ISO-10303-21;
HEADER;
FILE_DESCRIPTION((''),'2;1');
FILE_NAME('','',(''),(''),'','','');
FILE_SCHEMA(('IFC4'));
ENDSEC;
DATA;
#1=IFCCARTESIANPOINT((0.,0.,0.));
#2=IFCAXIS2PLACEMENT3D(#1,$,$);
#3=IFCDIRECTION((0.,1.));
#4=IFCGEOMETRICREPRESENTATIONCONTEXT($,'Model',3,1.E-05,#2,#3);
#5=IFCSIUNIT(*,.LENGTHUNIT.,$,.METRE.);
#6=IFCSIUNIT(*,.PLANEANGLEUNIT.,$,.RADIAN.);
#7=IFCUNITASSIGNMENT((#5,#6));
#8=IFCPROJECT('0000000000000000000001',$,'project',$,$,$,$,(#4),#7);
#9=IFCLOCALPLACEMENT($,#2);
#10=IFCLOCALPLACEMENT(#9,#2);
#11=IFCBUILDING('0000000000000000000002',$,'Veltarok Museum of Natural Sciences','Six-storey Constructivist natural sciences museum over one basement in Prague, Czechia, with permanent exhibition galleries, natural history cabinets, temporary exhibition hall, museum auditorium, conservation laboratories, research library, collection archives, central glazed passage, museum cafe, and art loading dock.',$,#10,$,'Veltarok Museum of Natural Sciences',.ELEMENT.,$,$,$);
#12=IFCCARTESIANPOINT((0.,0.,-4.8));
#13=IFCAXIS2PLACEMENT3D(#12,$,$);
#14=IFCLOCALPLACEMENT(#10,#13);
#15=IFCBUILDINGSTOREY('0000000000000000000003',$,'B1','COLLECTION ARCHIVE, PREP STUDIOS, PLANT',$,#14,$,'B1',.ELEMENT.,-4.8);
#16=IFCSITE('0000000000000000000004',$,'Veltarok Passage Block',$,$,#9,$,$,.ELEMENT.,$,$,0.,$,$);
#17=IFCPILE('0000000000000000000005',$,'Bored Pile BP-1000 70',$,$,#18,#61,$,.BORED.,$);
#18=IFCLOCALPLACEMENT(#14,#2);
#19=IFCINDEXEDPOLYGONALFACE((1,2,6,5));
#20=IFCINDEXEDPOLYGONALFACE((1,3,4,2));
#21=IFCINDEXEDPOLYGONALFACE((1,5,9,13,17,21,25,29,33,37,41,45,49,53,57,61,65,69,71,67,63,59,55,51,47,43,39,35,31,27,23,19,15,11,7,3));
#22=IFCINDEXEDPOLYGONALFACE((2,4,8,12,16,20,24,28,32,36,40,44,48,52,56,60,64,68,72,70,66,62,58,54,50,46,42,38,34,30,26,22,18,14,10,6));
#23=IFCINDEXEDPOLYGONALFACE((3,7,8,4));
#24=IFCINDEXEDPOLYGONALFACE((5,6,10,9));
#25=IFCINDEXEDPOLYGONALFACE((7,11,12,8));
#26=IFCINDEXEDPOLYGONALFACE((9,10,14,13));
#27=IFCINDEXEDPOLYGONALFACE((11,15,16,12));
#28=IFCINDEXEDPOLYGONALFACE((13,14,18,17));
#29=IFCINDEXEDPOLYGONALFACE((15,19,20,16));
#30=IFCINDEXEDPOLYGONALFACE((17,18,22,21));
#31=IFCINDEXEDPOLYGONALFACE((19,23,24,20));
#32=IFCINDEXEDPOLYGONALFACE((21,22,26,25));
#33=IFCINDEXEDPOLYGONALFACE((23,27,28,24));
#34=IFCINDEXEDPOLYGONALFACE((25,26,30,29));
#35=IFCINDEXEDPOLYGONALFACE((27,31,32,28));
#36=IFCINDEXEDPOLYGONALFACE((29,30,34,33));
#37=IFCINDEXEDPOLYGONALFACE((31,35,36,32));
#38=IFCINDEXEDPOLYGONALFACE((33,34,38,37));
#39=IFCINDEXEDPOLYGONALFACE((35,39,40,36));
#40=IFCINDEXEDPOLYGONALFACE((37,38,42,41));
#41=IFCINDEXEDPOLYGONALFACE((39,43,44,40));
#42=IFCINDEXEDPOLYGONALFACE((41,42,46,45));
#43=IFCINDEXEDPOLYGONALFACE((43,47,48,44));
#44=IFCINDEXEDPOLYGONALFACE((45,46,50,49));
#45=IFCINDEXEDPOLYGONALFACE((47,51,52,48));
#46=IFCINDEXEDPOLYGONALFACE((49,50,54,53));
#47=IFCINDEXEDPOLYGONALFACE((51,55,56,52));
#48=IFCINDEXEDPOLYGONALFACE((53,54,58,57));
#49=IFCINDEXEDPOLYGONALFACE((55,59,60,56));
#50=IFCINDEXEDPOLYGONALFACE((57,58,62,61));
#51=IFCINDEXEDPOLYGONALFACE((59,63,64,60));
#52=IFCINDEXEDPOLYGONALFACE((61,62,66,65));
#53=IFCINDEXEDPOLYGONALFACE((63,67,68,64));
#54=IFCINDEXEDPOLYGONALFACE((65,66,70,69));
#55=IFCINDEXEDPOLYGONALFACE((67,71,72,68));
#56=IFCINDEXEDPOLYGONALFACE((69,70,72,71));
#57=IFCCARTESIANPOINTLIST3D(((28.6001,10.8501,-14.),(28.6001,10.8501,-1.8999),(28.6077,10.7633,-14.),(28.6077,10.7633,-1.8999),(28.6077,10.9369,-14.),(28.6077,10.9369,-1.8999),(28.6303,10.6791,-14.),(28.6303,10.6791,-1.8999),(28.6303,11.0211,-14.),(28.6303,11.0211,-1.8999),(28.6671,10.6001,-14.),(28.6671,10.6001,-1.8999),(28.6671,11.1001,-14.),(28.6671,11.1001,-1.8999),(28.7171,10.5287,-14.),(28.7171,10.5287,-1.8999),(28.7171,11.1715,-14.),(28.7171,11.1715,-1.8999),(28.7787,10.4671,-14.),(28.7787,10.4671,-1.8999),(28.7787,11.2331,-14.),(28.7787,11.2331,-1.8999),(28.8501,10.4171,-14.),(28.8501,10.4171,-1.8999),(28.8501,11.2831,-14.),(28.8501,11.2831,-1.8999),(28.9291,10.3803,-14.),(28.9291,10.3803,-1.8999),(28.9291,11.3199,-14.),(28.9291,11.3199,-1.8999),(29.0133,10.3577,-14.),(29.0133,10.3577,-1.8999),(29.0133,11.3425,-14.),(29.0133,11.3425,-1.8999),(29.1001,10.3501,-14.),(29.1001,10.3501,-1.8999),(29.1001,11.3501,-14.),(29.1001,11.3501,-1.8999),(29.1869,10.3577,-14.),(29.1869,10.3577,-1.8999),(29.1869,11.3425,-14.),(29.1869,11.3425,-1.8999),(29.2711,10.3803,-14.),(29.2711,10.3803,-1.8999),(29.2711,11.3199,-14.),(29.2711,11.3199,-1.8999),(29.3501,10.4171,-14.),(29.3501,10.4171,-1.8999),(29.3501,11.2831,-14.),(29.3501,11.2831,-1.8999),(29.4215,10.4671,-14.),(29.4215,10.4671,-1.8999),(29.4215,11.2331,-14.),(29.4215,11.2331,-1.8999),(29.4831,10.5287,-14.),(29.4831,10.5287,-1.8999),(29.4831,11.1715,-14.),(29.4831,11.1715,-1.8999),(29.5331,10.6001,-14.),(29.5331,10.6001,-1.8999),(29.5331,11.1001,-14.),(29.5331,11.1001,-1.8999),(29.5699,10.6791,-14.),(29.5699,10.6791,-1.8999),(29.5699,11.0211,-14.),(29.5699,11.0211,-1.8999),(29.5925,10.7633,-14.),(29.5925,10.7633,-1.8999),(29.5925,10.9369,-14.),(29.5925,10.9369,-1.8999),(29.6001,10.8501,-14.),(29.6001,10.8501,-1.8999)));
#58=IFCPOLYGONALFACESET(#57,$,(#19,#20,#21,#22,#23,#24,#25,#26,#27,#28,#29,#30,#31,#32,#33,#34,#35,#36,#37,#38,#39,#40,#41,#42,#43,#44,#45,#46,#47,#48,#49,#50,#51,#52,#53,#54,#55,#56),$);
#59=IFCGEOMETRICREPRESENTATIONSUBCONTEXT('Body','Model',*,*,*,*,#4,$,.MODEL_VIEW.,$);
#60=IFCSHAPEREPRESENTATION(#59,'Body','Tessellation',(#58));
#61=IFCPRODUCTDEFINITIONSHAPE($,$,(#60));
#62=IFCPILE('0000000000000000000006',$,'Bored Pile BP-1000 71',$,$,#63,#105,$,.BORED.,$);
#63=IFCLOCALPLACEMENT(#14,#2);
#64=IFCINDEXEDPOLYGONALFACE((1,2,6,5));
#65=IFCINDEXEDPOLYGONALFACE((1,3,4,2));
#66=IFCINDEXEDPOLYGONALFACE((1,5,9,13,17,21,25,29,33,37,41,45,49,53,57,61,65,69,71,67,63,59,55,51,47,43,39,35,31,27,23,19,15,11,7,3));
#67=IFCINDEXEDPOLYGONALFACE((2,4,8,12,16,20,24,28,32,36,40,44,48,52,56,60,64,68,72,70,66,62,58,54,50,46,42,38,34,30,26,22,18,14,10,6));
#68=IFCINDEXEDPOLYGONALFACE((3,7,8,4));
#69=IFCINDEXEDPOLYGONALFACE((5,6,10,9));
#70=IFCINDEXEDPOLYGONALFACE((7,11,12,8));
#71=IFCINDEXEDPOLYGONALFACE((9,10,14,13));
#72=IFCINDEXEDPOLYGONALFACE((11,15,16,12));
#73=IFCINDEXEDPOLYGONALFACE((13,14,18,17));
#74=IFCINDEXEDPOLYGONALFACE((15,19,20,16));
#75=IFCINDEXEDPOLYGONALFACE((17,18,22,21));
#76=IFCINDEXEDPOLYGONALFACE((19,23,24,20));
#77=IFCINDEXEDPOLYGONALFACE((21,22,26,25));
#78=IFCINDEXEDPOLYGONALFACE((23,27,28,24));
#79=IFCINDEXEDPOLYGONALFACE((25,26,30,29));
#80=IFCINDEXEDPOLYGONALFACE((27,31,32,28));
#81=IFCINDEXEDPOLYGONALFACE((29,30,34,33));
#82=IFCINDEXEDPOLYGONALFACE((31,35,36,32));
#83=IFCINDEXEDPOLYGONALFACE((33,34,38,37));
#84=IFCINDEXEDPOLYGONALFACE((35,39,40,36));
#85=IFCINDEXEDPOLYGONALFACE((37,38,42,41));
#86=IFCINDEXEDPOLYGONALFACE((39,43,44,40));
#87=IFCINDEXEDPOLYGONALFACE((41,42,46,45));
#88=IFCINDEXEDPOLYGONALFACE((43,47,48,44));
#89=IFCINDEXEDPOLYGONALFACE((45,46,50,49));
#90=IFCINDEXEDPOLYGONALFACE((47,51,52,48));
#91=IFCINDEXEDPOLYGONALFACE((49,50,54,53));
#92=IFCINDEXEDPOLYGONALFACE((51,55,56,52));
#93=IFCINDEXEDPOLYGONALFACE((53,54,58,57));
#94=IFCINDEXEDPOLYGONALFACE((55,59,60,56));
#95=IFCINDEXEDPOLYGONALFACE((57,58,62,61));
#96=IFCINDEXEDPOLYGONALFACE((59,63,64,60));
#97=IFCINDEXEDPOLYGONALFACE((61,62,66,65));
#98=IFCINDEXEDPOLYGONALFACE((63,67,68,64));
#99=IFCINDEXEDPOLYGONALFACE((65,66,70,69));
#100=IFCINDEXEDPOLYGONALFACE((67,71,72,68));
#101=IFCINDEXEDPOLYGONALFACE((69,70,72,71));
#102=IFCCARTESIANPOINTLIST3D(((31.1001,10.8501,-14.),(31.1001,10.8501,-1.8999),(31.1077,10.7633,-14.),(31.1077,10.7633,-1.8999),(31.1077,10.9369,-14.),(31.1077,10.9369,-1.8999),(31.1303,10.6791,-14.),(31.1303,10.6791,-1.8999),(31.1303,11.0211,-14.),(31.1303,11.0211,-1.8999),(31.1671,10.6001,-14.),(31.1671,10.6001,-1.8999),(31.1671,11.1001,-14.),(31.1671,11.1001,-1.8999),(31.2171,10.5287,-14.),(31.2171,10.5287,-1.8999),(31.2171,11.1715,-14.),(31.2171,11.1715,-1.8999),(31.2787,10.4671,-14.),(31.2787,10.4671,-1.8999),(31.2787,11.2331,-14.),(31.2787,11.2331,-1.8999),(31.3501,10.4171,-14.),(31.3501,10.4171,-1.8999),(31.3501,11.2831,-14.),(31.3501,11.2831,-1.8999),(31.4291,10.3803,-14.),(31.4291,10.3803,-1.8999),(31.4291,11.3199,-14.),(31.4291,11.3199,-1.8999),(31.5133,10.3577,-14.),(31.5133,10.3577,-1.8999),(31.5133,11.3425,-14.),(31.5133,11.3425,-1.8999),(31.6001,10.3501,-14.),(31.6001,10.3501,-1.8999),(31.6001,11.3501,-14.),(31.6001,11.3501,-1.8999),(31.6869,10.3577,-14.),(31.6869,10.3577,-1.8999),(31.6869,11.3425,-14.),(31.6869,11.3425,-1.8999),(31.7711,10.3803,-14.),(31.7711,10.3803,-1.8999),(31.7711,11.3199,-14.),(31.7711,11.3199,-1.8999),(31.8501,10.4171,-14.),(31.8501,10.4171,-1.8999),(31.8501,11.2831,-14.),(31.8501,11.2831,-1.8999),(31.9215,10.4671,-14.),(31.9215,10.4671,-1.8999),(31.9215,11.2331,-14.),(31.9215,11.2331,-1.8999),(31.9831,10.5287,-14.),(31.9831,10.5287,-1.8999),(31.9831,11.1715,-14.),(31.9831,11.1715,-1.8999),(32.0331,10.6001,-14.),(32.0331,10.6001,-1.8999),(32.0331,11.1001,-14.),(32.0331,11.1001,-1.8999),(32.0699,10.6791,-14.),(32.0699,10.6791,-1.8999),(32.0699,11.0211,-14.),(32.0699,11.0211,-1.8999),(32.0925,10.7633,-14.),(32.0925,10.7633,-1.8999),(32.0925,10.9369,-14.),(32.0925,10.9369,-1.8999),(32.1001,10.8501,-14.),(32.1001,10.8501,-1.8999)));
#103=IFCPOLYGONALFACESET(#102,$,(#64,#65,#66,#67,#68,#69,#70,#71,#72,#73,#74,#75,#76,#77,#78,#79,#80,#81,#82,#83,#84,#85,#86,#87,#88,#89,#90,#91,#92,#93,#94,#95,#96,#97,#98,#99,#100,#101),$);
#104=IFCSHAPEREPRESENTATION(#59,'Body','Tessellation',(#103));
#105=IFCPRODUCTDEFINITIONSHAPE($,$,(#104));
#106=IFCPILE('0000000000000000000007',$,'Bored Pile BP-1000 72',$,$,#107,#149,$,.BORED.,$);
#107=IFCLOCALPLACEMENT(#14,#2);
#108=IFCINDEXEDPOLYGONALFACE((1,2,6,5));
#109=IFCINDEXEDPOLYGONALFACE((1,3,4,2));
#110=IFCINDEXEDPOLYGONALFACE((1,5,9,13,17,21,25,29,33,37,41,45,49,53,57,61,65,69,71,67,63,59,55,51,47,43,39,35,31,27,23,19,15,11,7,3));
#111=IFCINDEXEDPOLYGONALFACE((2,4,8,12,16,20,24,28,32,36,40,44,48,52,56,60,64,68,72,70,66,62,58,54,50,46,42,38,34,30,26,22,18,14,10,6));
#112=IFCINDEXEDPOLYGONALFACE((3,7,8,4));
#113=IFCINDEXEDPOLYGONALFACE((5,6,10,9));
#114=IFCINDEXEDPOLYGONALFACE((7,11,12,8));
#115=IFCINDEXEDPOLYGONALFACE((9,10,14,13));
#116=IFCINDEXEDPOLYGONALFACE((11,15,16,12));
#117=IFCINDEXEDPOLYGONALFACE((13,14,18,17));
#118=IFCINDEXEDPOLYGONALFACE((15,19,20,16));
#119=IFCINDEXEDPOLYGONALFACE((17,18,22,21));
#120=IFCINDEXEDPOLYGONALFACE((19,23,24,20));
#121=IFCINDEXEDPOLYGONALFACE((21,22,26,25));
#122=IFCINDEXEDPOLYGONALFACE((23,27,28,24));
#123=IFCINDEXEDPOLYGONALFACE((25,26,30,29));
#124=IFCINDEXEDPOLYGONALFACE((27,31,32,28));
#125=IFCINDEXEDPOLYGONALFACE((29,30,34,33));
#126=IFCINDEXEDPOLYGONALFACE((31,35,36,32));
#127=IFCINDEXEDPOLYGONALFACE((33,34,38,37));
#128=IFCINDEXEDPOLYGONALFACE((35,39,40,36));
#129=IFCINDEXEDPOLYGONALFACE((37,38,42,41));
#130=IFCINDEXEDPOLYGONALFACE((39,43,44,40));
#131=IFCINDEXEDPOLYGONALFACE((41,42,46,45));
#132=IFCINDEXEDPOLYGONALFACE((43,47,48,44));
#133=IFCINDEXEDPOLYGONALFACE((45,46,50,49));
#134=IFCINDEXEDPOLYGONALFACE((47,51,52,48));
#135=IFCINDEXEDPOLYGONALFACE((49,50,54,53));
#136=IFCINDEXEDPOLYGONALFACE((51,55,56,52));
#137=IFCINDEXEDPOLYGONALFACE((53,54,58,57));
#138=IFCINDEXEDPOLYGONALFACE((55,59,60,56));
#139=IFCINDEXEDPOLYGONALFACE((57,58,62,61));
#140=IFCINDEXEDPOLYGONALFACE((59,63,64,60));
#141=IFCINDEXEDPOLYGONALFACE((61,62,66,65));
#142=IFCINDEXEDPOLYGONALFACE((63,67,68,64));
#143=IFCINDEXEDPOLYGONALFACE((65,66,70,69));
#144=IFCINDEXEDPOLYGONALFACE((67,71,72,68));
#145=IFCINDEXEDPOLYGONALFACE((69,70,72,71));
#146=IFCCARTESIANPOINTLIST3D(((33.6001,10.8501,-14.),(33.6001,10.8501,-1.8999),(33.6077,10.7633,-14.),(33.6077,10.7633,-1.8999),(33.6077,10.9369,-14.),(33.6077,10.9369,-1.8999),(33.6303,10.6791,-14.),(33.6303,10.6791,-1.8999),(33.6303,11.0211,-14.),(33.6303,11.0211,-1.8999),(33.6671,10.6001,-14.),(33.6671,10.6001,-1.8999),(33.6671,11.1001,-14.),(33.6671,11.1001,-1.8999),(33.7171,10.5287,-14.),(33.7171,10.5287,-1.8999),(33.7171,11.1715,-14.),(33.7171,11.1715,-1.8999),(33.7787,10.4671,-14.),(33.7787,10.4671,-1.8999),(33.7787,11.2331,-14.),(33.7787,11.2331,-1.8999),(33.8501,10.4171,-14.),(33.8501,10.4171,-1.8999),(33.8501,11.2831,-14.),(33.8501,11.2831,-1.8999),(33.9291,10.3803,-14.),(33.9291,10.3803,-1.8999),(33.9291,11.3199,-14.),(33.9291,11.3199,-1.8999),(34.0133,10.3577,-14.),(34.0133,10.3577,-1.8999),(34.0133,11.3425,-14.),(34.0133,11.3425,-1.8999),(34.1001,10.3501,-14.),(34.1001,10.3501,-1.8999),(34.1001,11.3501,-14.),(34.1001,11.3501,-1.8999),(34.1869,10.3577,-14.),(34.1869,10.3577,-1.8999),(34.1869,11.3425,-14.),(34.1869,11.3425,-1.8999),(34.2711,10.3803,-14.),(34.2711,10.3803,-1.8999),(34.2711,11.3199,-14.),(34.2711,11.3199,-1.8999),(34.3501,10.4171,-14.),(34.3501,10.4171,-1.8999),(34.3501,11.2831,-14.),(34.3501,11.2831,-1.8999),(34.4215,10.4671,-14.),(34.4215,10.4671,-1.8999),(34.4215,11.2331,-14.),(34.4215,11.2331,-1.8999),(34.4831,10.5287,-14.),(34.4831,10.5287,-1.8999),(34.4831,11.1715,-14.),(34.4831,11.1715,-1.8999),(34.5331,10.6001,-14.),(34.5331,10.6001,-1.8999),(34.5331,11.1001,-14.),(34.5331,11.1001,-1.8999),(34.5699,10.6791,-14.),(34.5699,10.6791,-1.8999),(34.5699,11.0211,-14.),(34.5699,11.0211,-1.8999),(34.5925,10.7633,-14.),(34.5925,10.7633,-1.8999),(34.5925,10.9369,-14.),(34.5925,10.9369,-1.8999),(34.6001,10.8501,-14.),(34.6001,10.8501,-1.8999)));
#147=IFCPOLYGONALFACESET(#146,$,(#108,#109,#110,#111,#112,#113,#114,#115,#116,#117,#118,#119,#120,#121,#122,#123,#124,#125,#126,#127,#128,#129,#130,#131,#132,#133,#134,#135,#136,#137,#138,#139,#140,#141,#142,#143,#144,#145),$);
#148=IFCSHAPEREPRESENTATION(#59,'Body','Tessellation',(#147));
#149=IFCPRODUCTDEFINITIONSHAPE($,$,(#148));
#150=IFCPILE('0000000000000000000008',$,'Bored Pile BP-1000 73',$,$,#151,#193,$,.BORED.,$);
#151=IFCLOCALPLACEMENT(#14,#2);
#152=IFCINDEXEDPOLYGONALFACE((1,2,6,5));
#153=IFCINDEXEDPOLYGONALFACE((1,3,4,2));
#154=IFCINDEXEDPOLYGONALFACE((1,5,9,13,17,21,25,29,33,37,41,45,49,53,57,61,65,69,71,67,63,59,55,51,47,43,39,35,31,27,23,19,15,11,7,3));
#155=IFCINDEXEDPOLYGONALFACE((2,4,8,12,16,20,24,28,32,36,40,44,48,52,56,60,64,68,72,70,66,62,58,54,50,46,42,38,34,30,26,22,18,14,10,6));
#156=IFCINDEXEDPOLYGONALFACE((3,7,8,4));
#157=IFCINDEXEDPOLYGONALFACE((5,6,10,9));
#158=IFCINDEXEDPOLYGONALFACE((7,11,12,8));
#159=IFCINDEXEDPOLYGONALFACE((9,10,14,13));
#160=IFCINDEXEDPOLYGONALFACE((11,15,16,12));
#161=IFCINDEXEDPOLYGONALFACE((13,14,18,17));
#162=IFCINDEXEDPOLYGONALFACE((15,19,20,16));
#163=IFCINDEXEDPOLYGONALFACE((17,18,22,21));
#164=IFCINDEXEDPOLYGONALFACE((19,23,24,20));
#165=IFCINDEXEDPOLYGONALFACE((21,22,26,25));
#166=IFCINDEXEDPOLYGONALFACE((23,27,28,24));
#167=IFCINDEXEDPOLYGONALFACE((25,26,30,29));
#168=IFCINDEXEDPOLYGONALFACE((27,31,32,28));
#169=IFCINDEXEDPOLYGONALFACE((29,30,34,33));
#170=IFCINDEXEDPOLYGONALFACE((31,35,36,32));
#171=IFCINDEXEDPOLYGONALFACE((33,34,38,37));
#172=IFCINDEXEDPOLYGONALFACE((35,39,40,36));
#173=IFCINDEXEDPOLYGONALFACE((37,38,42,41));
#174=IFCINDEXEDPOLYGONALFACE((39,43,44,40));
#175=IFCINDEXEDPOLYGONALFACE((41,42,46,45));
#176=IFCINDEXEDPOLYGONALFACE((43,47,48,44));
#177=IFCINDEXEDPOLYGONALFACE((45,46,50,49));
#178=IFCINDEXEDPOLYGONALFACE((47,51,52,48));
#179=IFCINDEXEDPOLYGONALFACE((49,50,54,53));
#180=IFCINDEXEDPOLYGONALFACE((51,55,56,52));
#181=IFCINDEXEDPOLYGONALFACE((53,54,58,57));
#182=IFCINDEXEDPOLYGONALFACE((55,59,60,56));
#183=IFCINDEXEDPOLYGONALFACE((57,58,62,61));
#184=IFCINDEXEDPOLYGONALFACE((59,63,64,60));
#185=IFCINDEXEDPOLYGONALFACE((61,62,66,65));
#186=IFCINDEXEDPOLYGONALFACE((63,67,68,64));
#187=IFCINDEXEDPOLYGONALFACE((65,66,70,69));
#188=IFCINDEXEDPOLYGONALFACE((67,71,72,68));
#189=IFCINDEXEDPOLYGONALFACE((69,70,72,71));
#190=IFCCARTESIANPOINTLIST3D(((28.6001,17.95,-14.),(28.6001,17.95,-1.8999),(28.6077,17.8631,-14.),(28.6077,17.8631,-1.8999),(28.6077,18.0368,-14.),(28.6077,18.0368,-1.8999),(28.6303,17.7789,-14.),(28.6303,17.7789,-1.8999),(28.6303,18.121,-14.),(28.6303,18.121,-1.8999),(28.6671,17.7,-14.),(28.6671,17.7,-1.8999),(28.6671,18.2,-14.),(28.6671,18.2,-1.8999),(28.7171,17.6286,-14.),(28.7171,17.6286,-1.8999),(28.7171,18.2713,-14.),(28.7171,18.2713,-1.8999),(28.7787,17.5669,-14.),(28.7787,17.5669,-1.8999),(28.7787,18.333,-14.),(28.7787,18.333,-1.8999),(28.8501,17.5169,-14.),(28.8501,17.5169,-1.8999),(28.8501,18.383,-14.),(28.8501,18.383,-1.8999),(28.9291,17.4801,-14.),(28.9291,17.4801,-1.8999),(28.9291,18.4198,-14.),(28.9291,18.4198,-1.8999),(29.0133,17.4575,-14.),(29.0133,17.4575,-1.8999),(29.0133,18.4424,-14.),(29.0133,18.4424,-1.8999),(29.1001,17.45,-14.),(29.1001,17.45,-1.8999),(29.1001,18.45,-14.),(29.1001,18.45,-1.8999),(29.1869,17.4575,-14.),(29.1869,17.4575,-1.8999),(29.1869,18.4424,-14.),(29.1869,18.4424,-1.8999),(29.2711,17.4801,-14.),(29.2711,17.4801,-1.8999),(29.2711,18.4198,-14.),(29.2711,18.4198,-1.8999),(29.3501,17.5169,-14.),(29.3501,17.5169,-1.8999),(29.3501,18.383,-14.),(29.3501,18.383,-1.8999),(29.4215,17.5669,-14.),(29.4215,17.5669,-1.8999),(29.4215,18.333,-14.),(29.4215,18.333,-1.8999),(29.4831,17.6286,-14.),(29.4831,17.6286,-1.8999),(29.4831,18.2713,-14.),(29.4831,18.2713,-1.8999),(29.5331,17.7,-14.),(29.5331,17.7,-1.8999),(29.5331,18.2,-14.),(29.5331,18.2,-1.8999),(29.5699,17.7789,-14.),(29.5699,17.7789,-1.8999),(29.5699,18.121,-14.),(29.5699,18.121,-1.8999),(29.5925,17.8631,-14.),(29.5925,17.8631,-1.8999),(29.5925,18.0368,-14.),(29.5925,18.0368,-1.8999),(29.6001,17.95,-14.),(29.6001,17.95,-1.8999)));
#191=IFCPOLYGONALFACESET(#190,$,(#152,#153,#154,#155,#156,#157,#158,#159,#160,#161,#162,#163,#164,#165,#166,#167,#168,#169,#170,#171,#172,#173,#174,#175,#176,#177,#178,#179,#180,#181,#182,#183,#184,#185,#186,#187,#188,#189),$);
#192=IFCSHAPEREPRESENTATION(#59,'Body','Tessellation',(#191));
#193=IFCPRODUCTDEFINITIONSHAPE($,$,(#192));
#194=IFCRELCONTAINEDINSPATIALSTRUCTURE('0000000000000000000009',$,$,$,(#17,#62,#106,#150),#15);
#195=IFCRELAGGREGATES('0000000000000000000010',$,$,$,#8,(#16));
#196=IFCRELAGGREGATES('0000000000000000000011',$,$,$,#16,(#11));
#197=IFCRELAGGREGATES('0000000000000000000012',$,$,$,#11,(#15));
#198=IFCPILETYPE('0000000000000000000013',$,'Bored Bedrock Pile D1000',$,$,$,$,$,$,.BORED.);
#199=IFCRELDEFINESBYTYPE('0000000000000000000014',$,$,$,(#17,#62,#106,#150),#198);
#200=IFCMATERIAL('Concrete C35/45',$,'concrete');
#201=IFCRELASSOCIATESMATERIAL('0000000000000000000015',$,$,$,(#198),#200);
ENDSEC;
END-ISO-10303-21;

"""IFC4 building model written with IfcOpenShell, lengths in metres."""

from ifc_helpers import new_model, si_unit, direction, frame, origin, origin_2d, place, context, subcontext, project, spatial, circle, extrude, material, material_profile, profile_set, type_object, element, save


model = new_model("IFC4")

# Units and contexts
model_context = context("Model", 3, precision=1e-05, world=origin(), true_north=direction((0.0, 1.0)))
body_context = subcontext(model_context, "Body", "Model", "MODEL_VIEW")
ifc_project = project(units=[si_unit("LENGTHUNIT", "METRE"), si_unit("PLANEANGLEUNIT", "RADIAN")], contexts=[model_context])

# Site, building, storey
site_placement = place(None, origin())
site = spatial("IfcSite", under=ifc_project, at=site_placement, Name="Veltarok Passage Block", CompositionType="ELEMENT", RefElevation=0.0)
building_placement = place(site_placement, origin())
building = spatial("IfcBuilding", under=site, at=building_placement, Name="Veltarok Museum of Natural Sciences", Description="Six-storey Constructivist natural sciences museum over one basement in Prague, Czechia, with permanent exhibition galleries, natural history cabinets, temporary exhibition hall, museum auditorium, conservation laboratories, research library, collection archives, central glazed passage, museum cafe, and art loading dock.", LongName="Veltarok Museum of Natural Sciences", CompositionType="ELEMENT")
storey_placement = place(building_placement, frame((0.0, 0.0, -4.8)))
storey = spatial("IfcBuildingStorey", under=building, at=storey_placement, Name="B1", Description="COLLECTION ARCHIVE, PREP STUDIOS, PLANT", LongName="B1", CompositionType="ELEMENT", Elevation=-4.8)

# Piles
ifc_material_1 = material(Name="Concrete C35/45", Category="concrete")
ifc_material_profile_1 = material_profile(ifc_material_1, circle(Radius=0.5, at=origin_2d()), Name="BP D1000")
ifc_profile_set_1 = profile_set([ifc_material_profile_1], Name="Concrete C35/45")
pile_type_1 = type_object("IfcPileType", Name="Bored Bedrock Pile D1000", PredefinedType="BORED", material=ifc_profile_set_1)
for number, where, z_axis, x_axis, name in (
    (1, (29.1001, 10.8501, -1.8999), (0.0, 0.0, -1.0), (1.0, 0.0, 0.0), "Bored Pile BP-1000 70"),
    (2, (31.6001, 10.8501, -1.8999), (0.0, 0.0, -1.0), (1.0, 0.0, 0.0), "Bored Pile BP-1000 71"),
    (3, (34.1001, 10.8501, -1.8999), (0.0, 0.0, -1.0), (1.0, 0.0, 0.0), "Bored Pile BP-1000 72"),
    (4, (29.1001, 17.95, -1.8999), (0.0, 0.0, -1.0), (1.0, 0.0, 0.0), "Bored Pile BP-1000 73"),
):
    element("IfcPile", number, at=place(storey_placement, frame(where, z_axis=z_axis, x_axis=x_axis)), inside=storey, type_object=pile_type_1, Name=name, PredefinedType="BORED", context=body_context, shape_type="SweptSolid", body=[
        extrude(circle(Radius=0.5, at=origin_2d()), origin(), (0.0, 0.0, 1.0), 12.1001),
    ])

save(model, "model.ifc")
